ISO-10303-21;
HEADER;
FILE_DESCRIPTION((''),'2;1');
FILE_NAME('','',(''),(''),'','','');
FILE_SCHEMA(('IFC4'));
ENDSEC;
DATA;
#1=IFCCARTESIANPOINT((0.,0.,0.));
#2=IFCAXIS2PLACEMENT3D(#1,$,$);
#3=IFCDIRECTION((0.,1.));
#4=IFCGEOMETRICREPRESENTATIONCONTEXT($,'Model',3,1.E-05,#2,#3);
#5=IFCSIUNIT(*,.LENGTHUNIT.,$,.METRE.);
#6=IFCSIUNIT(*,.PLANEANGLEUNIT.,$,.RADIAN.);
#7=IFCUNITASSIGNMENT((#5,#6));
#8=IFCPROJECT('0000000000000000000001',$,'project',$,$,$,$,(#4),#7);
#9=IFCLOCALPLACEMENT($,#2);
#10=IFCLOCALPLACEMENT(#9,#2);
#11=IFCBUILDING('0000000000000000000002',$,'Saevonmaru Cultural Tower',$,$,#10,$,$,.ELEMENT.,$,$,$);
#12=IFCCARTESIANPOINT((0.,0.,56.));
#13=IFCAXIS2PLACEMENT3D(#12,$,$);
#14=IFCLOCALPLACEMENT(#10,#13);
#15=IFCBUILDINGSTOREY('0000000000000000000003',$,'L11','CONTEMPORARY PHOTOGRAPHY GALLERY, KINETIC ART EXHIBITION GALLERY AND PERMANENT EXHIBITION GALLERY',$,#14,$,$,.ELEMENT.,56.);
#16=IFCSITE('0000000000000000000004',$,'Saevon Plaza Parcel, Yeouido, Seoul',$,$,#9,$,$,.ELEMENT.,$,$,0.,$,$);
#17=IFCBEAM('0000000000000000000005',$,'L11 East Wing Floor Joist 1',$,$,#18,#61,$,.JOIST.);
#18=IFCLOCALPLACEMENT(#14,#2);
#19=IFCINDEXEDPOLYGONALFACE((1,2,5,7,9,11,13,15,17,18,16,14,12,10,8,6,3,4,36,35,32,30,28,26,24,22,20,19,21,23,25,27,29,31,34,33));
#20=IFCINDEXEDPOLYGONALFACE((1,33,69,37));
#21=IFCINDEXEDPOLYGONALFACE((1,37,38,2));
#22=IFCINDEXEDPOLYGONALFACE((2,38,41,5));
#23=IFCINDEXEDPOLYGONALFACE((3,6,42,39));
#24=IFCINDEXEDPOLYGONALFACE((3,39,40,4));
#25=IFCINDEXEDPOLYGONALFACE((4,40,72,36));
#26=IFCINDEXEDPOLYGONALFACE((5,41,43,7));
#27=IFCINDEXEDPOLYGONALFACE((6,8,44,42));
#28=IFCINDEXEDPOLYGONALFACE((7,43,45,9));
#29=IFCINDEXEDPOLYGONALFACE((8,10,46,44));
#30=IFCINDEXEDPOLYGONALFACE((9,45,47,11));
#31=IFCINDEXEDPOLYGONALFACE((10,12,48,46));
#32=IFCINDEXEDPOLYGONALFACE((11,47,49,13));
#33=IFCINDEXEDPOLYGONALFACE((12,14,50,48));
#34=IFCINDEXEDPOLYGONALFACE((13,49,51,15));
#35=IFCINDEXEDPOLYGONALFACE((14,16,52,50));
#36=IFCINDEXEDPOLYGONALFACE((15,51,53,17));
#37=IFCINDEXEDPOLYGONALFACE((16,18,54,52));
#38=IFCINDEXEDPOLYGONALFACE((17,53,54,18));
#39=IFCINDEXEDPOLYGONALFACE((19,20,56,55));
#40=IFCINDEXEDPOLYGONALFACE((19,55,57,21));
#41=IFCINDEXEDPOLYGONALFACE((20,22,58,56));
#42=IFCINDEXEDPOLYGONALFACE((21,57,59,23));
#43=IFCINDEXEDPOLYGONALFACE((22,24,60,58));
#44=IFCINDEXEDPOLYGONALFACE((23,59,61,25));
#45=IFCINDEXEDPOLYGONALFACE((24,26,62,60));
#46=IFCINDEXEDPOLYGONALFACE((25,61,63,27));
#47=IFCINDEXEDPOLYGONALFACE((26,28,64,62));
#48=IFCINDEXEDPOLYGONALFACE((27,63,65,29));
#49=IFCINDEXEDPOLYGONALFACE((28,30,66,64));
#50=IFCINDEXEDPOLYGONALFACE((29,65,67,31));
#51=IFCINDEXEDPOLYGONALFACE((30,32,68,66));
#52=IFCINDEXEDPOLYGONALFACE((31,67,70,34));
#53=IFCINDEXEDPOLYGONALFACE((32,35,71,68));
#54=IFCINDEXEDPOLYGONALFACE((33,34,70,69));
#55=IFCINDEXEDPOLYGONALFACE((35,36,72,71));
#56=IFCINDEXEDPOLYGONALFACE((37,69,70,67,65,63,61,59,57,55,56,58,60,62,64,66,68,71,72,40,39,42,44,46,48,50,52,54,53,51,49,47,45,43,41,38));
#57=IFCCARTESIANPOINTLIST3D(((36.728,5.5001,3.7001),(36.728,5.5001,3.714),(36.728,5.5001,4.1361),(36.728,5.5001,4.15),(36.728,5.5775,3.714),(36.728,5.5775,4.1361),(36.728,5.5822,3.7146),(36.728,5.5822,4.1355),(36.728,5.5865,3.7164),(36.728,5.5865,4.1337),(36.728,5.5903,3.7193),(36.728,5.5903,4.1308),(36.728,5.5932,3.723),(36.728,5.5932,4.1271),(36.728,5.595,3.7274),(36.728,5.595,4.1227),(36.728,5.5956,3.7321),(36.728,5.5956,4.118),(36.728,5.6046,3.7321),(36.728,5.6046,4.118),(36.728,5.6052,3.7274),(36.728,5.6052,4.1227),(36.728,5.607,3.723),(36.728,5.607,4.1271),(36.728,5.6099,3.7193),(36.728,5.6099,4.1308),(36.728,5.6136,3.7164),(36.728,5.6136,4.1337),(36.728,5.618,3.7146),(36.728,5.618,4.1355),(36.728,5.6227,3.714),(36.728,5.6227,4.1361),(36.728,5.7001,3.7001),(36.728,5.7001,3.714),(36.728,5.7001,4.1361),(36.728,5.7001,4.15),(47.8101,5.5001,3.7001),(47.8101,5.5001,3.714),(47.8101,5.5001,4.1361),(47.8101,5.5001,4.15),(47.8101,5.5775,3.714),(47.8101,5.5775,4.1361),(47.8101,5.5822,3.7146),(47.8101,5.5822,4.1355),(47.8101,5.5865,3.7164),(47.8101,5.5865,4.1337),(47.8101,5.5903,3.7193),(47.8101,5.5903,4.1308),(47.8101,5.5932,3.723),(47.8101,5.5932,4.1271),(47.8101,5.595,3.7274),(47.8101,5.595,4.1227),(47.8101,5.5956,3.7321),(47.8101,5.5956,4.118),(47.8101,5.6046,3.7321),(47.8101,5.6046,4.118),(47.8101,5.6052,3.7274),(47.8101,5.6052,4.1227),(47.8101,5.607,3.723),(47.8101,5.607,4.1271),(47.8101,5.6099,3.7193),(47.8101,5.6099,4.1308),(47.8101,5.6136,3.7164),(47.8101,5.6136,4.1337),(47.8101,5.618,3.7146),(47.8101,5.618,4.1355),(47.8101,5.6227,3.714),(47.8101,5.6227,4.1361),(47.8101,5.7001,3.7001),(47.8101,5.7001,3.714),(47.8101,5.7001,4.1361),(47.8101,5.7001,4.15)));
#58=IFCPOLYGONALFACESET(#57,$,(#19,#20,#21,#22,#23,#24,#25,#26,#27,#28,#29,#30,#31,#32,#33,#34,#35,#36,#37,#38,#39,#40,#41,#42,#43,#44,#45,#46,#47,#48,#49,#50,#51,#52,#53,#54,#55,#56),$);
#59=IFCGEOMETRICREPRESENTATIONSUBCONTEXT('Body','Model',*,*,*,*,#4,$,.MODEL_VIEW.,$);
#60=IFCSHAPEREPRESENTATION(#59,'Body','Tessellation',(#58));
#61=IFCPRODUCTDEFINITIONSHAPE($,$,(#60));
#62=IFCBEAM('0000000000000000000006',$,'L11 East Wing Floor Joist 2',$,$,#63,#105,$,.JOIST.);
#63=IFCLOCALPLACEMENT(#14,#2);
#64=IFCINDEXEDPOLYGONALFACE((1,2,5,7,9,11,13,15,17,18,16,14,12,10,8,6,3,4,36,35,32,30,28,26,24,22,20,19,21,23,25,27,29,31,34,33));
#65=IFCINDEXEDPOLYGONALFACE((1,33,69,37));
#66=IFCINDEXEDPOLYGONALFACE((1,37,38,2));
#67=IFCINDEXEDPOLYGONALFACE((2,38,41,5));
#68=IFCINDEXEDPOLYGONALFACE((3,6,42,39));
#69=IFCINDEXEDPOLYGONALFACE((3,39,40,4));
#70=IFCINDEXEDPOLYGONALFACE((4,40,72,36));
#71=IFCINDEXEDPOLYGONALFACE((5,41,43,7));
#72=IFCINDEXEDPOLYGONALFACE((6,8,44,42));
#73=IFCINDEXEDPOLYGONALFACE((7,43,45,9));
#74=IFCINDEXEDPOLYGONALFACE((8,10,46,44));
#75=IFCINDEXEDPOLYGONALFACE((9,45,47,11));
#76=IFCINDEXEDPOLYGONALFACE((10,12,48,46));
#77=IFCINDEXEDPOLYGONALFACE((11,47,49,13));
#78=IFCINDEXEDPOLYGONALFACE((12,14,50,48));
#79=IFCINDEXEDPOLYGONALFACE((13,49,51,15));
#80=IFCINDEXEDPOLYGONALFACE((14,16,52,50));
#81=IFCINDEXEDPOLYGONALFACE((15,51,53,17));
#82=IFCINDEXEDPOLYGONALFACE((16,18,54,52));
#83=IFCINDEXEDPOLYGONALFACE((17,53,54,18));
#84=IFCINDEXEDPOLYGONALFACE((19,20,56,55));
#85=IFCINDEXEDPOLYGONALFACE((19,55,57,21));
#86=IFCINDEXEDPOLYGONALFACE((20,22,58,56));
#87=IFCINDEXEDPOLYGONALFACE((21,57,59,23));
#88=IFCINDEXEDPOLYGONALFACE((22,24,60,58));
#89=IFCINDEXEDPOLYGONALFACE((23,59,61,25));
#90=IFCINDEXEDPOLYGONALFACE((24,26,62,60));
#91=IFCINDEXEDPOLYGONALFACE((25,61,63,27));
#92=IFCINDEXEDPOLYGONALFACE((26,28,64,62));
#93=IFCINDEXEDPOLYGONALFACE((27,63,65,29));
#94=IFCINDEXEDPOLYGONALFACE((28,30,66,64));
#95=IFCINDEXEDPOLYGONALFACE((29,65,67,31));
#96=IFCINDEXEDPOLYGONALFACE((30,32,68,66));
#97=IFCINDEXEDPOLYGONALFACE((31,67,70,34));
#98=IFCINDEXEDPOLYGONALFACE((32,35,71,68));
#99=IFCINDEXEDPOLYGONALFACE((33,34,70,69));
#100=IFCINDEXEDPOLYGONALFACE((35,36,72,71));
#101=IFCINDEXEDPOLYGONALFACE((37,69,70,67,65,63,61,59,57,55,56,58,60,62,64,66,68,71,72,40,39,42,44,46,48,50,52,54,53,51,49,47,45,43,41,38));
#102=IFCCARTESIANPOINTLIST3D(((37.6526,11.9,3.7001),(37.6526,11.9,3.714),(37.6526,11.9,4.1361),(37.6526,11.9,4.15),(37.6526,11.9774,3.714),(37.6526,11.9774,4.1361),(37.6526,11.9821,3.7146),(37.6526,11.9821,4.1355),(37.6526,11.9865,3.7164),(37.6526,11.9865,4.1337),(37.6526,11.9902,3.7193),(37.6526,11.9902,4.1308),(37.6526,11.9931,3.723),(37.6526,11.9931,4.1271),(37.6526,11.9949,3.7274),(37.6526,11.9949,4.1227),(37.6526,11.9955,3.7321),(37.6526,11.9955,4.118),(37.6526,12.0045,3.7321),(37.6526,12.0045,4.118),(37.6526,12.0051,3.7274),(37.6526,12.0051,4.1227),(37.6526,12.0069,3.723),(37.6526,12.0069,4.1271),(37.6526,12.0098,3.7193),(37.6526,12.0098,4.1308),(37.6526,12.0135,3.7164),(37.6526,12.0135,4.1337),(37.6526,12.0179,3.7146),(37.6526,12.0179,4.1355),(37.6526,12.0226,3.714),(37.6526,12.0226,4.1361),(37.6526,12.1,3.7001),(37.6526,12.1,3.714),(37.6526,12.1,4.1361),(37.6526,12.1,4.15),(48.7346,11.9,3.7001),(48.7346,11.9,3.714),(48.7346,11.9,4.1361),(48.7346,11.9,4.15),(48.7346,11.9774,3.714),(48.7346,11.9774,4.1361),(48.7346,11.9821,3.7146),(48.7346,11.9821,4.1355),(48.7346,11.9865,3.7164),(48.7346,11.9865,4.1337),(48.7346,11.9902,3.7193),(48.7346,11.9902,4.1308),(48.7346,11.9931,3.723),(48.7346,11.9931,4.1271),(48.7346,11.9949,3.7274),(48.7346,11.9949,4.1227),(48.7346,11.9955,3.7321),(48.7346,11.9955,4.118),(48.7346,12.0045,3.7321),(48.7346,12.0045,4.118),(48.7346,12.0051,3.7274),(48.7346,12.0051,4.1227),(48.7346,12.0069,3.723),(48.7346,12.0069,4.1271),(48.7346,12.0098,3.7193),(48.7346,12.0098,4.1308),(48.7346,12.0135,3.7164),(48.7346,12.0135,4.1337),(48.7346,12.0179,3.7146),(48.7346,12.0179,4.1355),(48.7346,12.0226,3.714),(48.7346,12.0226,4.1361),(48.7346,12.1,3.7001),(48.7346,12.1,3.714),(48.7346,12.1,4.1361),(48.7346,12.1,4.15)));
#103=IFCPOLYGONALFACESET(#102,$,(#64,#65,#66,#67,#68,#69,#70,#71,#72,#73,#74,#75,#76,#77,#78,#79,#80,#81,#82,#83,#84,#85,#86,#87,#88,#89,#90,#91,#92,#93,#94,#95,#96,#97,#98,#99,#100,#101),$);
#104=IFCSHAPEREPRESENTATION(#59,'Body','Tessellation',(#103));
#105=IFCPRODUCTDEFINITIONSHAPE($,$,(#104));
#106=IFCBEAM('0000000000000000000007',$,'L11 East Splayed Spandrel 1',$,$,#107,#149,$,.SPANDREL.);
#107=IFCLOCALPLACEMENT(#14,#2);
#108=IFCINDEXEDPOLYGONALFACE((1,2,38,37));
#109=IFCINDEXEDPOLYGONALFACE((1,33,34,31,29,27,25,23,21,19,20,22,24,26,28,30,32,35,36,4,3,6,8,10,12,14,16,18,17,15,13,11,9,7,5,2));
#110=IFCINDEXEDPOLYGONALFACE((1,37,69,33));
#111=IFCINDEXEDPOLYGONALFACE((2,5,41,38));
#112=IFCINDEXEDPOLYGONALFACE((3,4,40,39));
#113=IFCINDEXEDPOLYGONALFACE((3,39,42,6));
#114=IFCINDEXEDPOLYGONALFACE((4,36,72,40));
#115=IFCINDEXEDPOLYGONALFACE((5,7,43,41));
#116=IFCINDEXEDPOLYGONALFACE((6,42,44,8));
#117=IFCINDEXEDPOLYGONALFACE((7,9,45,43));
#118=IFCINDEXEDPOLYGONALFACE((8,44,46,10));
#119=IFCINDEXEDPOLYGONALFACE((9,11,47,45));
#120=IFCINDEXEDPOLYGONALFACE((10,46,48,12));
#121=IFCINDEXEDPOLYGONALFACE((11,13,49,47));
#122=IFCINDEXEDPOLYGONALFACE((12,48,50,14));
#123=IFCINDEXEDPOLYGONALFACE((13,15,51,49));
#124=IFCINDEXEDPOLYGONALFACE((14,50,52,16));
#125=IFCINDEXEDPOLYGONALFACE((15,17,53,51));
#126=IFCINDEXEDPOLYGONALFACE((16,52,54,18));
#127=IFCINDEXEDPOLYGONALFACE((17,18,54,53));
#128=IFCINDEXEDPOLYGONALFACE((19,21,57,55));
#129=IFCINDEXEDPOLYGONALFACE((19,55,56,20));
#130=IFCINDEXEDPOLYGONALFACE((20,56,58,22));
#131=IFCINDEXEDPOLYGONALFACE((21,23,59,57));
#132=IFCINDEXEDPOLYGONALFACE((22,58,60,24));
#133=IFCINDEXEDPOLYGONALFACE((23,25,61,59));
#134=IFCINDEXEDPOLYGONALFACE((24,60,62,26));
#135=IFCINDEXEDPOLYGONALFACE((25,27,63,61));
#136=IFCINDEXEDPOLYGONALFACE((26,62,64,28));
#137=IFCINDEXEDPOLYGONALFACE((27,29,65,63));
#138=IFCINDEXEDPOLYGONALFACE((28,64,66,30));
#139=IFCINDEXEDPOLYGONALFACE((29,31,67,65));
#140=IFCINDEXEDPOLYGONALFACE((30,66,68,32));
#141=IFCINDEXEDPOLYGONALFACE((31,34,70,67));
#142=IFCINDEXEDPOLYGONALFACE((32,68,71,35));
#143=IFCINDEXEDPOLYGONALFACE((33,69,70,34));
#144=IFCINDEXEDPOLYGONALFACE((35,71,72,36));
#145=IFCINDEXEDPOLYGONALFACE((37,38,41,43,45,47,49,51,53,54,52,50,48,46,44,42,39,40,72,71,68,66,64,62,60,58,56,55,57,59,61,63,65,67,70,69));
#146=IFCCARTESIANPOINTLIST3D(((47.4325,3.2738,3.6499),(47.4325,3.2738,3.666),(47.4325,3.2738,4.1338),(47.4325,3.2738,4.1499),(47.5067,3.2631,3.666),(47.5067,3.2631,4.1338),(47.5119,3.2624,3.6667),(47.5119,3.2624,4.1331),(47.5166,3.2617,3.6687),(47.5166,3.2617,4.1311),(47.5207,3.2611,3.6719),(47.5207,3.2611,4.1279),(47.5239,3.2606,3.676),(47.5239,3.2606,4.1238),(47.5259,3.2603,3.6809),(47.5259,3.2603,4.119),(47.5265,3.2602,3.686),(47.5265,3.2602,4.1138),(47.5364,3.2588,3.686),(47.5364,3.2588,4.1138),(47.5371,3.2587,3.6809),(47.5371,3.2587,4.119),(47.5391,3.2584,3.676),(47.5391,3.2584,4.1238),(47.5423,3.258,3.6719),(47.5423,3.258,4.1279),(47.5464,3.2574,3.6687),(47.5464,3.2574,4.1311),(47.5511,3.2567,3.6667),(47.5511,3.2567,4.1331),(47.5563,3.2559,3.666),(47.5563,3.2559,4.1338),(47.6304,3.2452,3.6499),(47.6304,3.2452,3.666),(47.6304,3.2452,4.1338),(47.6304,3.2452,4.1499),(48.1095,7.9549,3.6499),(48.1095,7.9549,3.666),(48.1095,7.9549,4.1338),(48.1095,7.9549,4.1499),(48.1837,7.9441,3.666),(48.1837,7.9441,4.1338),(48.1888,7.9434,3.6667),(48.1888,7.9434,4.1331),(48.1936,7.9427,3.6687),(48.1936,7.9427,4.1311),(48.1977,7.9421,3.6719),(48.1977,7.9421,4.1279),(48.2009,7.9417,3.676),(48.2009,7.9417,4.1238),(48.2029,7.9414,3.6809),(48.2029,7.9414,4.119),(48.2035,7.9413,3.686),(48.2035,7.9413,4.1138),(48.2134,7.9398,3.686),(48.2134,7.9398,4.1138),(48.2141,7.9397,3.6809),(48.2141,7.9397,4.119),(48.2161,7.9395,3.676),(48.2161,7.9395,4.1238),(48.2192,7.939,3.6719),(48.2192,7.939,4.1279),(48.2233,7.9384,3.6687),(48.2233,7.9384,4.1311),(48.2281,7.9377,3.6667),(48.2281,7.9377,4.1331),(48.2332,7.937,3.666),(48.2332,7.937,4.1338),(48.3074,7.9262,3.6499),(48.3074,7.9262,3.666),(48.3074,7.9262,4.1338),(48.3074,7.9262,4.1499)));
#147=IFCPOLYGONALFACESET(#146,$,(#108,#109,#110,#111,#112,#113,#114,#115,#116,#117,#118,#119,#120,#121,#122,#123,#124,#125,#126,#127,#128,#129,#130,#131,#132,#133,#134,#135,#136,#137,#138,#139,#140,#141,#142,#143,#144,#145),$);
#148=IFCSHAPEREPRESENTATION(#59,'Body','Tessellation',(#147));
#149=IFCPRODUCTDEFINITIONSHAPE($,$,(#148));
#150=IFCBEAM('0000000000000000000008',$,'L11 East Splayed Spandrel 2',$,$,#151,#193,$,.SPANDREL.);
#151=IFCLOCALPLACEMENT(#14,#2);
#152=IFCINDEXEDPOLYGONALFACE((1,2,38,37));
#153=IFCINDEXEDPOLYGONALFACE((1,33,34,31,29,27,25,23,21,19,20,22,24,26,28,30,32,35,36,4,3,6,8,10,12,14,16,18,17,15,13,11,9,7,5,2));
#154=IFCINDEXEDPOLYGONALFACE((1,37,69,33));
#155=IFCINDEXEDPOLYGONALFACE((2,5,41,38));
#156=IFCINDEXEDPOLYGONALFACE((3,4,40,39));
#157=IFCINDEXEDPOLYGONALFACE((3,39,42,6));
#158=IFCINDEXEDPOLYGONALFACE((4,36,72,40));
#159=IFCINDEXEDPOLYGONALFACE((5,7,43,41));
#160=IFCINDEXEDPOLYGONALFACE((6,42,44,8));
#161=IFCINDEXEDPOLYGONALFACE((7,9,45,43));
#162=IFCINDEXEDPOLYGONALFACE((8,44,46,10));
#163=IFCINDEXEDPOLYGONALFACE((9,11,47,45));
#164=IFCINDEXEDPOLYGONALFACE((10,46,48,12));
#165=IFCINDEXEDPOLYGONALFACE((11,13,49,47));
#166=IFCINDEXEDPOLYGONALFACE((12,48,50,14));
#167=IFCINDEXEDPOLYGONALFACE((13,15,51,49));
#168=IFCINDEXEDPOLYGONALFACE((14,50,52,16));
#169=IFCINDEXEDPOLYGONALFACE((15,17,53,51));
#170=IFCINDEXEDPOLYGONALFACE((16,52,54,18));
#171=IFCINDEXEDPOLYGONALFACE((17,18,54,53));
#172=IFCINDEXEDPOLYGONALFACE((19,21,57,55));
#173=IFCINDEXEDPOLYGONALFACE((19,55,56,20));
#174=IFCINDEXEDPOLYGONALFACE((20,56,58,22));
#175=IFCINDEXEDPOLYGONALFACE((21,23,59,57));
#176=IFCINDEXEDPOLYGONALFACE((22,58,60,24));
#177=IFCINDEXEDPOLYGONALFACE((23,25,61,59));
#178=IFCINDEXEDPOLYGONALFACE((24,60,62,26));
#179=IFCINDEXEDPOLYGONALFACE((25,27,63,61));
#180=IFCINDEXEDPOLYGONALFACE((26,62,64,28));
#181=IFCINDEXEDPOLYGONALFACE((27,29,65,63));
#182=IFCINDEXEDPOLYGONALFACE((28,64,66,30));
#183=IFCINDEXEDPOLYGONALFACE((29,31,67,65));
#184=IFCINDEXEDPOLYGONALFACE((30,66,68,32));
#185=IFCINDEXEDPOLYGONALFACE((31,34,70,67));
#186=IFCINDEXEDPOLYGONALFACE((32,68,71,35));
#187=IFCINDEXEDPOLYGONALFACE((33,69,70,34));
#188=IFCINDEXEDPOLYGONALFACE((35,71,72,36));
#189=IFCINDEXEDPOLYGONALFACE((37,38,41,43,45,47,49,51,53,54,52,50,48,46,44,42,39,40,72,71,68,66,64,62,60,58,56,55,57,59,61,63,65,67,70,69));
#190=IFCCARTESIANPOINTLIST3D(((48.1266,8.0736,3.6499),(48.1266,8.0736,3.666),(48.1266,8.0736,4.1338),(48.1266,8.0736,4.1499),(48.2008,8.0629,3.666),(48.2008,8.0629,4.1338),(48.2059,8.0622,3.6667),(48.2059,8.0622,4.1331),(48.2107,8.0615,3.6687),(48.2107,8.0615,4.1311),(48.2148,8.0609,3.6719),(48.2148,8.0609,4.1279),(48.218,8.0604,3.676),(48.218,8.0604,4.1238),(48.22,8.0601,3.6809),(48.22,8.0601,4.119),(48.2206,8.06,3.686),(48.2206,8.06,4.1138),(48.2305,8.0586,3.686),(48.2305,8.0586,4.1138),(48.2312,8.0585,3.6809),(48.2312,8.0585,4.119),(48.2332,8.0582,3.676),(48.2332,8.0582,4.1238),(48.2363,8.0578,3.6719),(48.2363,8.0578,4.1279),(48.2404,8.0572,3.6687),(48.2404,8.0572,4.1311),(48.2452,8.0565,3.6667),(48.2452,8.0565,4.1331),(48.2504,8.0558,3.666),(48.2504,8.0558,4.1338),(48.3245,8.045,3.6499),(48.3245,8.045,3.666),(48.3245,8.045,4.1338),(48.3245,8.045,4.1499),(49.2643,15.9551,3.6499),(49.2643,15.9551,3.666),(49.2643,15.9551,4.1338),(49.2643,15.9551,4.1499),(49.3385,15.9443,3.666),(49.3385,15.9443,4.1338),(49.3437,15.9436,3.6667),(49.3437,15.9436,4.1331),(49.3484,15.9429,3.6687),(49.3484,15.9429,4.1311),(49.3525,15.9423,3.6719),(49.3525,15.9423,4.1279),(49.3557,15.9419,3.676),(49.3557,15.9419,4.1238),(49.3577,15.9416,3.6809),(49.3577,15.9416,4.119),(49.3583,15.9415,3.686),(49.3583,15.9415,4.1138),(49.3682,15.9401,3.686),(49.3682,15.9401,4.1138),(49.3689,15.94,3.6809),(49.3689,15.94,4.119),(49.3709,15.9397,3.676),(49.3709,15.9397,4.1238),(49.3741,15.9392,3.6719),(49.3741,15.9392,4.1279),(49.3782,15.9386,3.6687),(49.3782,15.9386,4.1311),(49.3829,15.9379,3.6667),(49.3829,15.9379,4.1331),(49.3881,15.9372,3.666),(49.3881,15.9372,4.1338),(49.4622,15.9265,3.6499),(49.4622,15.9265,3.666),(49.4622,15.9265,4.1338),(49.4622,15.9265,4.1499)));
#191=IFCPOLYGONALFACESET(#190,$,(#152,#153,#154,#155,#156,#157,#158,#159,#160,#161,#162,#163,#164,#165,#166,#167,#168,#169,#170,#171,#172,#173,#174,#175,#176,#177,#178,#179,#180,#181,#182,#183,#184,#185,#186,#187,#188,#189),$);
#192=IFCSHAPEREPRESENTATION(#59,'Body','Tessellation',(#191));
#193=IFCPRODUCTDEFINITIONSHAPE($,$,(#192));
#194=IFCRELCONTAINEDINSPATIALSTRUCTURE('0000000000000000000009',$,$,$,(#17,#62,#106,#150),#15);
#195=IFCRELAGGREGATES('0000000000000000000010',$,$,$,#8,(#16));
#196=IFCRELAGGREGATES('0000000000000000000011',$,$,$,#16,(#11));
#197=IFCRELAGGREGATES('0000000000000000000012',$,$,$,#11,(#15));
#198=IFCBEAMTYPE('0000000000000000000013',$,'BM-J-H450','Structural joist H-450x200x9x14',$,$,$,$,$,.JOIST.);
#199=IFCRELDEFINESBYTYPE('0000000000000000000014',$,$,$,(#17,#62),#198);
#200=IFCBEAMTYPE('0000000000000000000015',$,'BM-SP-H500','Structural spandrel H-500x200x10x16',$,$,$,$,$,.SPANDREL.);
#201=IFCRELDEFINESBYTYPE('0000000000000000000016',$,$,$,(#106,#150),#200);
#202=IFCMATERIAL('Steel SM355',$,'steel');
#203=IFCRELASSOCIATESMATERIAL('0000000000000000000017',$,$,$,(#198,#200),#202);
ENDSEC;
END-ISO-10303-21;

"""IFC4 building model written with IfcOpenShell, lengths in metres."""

from ifc_helpers import new_model, si_unit, direction, frame, origin, origin_2d, place, context, subcontext, project, spatial, i_section, extrude, material, material_profile, profile_set, type_object, element, save


model = new_model("IFC4")

# Units and contexts
model_context = context("Model", 3, precision=1e-05, world=origin(), true_north=direction((0.0, 1.0)))
body_context = subcontext(model_context, "Body", "Model", "MODEL_VIEW")
ifc_project = project(units=[si_unit("LENGTHUNIT", "METRE"), si_unit("PLANEANGLEUNIT", "RADIAN")], contexts=[model_context])

# Site, building, storey
site_placement = place(None, origin())
site = spatial("IfcSite", under=ifc_project, at=site_placement, Name="Saevon Plaza Parcel, Yeouido, Seoul", CompositionType="ELEMENT", RefElevation=0.0)
building_placement = place(site_placement, origin())
building = spatial("IfcBuilding", under=site, at=building_placement, Name="Saevonmaru Cultural Tower", CompositionType="ELEMENT")
storey_placement = place(building_placement, frame((0.0, 0.0, 56.0)))
storey = spatial("IfcBuildingStorey", under=building, at=storey_placement, Name="L11", Description="CONTEMPORARY PHOTOGRAPHY GALLERY, KINETIC ART EXHIBITION GALLERY AND PERMANENT EXHIBITION GALLERY", CompositionType="ELEMENT", Elevation=56.0)

# Beams
ifc_material_1 = material(Name="Steel SM355", Category="steel")
ifc_material_profile_1 = material_profile(ifc_material_1, i_section(OverallWidth=0.2, OverallDepth=0.45, WebThickness=0.009, FlangeThickness=0.0139, FilletRadius=0.0181, at=origin_2d()), Name="H-450x200x9x14")
ifc_profile_set_1 = profile_set([ifc_material_profile_1], Name="Steel SM355")
beam_type_1 = type_object("IfcBeamType", Name="BM-J-H450", Description="Structural joist H-450x200x9x14", PredefinedType="JOIST", material=ifc_profile_set_1)
for number, where, z_axis, x_axis, name in (
    (1, (36.728, 5.6001, 3.925), (1.0, 0.0, 0.0), (0.0, 1.0, 0.0), "L11 East Wing Floor Joist 1"),
    (2, (37.6526, 12.0, 3.925), (1.0, 0.0, 0.0), (0.0, 1.0, 0.0), "L11 East Wing Floor Joist 2"),
):
    element("IfcBeam", number, at=place(storey_placement, frame(where, z_axis=z_axis, x_axis=x_axis)), inside=storey, type_object=beam_type_1, Name=name, PredefinedType="JOIST", context=body_context, shape_type="SweptSolid", body=[
        extrude(i_section(OverallWidth=0.2, OverallDepth=0.45, WebThickness=0.009, FlangeThickness=0.0139, FilletRadius=0.0181, at=origin_2d()), origin(), (0.0, 0.0, 1.0), 11.082),
    ])
ifc_material_profile_2 = material_profile(ifc_material_1, i_section(OverallWidth=0.2, OverallDepth=0.5, WebThickness=0.01, FlangeThickness=0.0161, FilletRadius=0.02, at=origin_2d()), Name="H-500x200x10x16")
ifc_profile_set_2 = profile_set([ifc_material_profile_2], Name="Steel SM355")
beam_type_2 = type_object("IfcBeamType", Name="BM-SP-H500", Description="Structural spandrel H-500x200x10x16", PredefinedType="SPANDREL", material=ifc_profile_set_2)
beam_1_placement = place(storey_placement, frame((47.5315, 3.2595, 3.8999), z_axis=(0.143134, 0.989703, 0.0), x_axis=(-0.989703, 0.143134, 0.0)))
element("IfcBeam", 3, at=beam_1_placement, inside=storey, type_object=beam_type_2, Name="L11 East Splayed Spandrel 1", PredefinedType="SPANDREL", context=body_context, shape_type="SweptSolid", body=[
    extrude(i_section(OverallWidth=0.2, OverallDepth=0.5, WebThickness=0.01, FlangeThickness=0.0161, FilletRadius=0.02, at=origin_2d()), origin(), (0.0, 0.0, 1.0), 4.7297),
])
beam_2_placement = place(storey_placement, frame((48.2256, 8.0593, 3.8999), z_axis=(0.142872, 0.989741, 0.0), x_axis=(-0.989741, 0.142872, 0.0)))
element("IfcBeam", 4, at=beam_2_placement, inside=storey, type_object=beam_type_2, Name="L11 East Splayed Spandrel 2", PredefinedType="SPANDREL", context=body_context, shape_type="SweptSolid", body=[
    extrude(i_section(OverallWidth=0.2, OverallDepth=0.5, WebThickness=0.01, FlangeThickness=0.0161, FilletRadius=0.02, at=origin_2d()), origin(), (0.0, 0.0, 1.0), 7.9631),
])

save(model, "model.ifc")
